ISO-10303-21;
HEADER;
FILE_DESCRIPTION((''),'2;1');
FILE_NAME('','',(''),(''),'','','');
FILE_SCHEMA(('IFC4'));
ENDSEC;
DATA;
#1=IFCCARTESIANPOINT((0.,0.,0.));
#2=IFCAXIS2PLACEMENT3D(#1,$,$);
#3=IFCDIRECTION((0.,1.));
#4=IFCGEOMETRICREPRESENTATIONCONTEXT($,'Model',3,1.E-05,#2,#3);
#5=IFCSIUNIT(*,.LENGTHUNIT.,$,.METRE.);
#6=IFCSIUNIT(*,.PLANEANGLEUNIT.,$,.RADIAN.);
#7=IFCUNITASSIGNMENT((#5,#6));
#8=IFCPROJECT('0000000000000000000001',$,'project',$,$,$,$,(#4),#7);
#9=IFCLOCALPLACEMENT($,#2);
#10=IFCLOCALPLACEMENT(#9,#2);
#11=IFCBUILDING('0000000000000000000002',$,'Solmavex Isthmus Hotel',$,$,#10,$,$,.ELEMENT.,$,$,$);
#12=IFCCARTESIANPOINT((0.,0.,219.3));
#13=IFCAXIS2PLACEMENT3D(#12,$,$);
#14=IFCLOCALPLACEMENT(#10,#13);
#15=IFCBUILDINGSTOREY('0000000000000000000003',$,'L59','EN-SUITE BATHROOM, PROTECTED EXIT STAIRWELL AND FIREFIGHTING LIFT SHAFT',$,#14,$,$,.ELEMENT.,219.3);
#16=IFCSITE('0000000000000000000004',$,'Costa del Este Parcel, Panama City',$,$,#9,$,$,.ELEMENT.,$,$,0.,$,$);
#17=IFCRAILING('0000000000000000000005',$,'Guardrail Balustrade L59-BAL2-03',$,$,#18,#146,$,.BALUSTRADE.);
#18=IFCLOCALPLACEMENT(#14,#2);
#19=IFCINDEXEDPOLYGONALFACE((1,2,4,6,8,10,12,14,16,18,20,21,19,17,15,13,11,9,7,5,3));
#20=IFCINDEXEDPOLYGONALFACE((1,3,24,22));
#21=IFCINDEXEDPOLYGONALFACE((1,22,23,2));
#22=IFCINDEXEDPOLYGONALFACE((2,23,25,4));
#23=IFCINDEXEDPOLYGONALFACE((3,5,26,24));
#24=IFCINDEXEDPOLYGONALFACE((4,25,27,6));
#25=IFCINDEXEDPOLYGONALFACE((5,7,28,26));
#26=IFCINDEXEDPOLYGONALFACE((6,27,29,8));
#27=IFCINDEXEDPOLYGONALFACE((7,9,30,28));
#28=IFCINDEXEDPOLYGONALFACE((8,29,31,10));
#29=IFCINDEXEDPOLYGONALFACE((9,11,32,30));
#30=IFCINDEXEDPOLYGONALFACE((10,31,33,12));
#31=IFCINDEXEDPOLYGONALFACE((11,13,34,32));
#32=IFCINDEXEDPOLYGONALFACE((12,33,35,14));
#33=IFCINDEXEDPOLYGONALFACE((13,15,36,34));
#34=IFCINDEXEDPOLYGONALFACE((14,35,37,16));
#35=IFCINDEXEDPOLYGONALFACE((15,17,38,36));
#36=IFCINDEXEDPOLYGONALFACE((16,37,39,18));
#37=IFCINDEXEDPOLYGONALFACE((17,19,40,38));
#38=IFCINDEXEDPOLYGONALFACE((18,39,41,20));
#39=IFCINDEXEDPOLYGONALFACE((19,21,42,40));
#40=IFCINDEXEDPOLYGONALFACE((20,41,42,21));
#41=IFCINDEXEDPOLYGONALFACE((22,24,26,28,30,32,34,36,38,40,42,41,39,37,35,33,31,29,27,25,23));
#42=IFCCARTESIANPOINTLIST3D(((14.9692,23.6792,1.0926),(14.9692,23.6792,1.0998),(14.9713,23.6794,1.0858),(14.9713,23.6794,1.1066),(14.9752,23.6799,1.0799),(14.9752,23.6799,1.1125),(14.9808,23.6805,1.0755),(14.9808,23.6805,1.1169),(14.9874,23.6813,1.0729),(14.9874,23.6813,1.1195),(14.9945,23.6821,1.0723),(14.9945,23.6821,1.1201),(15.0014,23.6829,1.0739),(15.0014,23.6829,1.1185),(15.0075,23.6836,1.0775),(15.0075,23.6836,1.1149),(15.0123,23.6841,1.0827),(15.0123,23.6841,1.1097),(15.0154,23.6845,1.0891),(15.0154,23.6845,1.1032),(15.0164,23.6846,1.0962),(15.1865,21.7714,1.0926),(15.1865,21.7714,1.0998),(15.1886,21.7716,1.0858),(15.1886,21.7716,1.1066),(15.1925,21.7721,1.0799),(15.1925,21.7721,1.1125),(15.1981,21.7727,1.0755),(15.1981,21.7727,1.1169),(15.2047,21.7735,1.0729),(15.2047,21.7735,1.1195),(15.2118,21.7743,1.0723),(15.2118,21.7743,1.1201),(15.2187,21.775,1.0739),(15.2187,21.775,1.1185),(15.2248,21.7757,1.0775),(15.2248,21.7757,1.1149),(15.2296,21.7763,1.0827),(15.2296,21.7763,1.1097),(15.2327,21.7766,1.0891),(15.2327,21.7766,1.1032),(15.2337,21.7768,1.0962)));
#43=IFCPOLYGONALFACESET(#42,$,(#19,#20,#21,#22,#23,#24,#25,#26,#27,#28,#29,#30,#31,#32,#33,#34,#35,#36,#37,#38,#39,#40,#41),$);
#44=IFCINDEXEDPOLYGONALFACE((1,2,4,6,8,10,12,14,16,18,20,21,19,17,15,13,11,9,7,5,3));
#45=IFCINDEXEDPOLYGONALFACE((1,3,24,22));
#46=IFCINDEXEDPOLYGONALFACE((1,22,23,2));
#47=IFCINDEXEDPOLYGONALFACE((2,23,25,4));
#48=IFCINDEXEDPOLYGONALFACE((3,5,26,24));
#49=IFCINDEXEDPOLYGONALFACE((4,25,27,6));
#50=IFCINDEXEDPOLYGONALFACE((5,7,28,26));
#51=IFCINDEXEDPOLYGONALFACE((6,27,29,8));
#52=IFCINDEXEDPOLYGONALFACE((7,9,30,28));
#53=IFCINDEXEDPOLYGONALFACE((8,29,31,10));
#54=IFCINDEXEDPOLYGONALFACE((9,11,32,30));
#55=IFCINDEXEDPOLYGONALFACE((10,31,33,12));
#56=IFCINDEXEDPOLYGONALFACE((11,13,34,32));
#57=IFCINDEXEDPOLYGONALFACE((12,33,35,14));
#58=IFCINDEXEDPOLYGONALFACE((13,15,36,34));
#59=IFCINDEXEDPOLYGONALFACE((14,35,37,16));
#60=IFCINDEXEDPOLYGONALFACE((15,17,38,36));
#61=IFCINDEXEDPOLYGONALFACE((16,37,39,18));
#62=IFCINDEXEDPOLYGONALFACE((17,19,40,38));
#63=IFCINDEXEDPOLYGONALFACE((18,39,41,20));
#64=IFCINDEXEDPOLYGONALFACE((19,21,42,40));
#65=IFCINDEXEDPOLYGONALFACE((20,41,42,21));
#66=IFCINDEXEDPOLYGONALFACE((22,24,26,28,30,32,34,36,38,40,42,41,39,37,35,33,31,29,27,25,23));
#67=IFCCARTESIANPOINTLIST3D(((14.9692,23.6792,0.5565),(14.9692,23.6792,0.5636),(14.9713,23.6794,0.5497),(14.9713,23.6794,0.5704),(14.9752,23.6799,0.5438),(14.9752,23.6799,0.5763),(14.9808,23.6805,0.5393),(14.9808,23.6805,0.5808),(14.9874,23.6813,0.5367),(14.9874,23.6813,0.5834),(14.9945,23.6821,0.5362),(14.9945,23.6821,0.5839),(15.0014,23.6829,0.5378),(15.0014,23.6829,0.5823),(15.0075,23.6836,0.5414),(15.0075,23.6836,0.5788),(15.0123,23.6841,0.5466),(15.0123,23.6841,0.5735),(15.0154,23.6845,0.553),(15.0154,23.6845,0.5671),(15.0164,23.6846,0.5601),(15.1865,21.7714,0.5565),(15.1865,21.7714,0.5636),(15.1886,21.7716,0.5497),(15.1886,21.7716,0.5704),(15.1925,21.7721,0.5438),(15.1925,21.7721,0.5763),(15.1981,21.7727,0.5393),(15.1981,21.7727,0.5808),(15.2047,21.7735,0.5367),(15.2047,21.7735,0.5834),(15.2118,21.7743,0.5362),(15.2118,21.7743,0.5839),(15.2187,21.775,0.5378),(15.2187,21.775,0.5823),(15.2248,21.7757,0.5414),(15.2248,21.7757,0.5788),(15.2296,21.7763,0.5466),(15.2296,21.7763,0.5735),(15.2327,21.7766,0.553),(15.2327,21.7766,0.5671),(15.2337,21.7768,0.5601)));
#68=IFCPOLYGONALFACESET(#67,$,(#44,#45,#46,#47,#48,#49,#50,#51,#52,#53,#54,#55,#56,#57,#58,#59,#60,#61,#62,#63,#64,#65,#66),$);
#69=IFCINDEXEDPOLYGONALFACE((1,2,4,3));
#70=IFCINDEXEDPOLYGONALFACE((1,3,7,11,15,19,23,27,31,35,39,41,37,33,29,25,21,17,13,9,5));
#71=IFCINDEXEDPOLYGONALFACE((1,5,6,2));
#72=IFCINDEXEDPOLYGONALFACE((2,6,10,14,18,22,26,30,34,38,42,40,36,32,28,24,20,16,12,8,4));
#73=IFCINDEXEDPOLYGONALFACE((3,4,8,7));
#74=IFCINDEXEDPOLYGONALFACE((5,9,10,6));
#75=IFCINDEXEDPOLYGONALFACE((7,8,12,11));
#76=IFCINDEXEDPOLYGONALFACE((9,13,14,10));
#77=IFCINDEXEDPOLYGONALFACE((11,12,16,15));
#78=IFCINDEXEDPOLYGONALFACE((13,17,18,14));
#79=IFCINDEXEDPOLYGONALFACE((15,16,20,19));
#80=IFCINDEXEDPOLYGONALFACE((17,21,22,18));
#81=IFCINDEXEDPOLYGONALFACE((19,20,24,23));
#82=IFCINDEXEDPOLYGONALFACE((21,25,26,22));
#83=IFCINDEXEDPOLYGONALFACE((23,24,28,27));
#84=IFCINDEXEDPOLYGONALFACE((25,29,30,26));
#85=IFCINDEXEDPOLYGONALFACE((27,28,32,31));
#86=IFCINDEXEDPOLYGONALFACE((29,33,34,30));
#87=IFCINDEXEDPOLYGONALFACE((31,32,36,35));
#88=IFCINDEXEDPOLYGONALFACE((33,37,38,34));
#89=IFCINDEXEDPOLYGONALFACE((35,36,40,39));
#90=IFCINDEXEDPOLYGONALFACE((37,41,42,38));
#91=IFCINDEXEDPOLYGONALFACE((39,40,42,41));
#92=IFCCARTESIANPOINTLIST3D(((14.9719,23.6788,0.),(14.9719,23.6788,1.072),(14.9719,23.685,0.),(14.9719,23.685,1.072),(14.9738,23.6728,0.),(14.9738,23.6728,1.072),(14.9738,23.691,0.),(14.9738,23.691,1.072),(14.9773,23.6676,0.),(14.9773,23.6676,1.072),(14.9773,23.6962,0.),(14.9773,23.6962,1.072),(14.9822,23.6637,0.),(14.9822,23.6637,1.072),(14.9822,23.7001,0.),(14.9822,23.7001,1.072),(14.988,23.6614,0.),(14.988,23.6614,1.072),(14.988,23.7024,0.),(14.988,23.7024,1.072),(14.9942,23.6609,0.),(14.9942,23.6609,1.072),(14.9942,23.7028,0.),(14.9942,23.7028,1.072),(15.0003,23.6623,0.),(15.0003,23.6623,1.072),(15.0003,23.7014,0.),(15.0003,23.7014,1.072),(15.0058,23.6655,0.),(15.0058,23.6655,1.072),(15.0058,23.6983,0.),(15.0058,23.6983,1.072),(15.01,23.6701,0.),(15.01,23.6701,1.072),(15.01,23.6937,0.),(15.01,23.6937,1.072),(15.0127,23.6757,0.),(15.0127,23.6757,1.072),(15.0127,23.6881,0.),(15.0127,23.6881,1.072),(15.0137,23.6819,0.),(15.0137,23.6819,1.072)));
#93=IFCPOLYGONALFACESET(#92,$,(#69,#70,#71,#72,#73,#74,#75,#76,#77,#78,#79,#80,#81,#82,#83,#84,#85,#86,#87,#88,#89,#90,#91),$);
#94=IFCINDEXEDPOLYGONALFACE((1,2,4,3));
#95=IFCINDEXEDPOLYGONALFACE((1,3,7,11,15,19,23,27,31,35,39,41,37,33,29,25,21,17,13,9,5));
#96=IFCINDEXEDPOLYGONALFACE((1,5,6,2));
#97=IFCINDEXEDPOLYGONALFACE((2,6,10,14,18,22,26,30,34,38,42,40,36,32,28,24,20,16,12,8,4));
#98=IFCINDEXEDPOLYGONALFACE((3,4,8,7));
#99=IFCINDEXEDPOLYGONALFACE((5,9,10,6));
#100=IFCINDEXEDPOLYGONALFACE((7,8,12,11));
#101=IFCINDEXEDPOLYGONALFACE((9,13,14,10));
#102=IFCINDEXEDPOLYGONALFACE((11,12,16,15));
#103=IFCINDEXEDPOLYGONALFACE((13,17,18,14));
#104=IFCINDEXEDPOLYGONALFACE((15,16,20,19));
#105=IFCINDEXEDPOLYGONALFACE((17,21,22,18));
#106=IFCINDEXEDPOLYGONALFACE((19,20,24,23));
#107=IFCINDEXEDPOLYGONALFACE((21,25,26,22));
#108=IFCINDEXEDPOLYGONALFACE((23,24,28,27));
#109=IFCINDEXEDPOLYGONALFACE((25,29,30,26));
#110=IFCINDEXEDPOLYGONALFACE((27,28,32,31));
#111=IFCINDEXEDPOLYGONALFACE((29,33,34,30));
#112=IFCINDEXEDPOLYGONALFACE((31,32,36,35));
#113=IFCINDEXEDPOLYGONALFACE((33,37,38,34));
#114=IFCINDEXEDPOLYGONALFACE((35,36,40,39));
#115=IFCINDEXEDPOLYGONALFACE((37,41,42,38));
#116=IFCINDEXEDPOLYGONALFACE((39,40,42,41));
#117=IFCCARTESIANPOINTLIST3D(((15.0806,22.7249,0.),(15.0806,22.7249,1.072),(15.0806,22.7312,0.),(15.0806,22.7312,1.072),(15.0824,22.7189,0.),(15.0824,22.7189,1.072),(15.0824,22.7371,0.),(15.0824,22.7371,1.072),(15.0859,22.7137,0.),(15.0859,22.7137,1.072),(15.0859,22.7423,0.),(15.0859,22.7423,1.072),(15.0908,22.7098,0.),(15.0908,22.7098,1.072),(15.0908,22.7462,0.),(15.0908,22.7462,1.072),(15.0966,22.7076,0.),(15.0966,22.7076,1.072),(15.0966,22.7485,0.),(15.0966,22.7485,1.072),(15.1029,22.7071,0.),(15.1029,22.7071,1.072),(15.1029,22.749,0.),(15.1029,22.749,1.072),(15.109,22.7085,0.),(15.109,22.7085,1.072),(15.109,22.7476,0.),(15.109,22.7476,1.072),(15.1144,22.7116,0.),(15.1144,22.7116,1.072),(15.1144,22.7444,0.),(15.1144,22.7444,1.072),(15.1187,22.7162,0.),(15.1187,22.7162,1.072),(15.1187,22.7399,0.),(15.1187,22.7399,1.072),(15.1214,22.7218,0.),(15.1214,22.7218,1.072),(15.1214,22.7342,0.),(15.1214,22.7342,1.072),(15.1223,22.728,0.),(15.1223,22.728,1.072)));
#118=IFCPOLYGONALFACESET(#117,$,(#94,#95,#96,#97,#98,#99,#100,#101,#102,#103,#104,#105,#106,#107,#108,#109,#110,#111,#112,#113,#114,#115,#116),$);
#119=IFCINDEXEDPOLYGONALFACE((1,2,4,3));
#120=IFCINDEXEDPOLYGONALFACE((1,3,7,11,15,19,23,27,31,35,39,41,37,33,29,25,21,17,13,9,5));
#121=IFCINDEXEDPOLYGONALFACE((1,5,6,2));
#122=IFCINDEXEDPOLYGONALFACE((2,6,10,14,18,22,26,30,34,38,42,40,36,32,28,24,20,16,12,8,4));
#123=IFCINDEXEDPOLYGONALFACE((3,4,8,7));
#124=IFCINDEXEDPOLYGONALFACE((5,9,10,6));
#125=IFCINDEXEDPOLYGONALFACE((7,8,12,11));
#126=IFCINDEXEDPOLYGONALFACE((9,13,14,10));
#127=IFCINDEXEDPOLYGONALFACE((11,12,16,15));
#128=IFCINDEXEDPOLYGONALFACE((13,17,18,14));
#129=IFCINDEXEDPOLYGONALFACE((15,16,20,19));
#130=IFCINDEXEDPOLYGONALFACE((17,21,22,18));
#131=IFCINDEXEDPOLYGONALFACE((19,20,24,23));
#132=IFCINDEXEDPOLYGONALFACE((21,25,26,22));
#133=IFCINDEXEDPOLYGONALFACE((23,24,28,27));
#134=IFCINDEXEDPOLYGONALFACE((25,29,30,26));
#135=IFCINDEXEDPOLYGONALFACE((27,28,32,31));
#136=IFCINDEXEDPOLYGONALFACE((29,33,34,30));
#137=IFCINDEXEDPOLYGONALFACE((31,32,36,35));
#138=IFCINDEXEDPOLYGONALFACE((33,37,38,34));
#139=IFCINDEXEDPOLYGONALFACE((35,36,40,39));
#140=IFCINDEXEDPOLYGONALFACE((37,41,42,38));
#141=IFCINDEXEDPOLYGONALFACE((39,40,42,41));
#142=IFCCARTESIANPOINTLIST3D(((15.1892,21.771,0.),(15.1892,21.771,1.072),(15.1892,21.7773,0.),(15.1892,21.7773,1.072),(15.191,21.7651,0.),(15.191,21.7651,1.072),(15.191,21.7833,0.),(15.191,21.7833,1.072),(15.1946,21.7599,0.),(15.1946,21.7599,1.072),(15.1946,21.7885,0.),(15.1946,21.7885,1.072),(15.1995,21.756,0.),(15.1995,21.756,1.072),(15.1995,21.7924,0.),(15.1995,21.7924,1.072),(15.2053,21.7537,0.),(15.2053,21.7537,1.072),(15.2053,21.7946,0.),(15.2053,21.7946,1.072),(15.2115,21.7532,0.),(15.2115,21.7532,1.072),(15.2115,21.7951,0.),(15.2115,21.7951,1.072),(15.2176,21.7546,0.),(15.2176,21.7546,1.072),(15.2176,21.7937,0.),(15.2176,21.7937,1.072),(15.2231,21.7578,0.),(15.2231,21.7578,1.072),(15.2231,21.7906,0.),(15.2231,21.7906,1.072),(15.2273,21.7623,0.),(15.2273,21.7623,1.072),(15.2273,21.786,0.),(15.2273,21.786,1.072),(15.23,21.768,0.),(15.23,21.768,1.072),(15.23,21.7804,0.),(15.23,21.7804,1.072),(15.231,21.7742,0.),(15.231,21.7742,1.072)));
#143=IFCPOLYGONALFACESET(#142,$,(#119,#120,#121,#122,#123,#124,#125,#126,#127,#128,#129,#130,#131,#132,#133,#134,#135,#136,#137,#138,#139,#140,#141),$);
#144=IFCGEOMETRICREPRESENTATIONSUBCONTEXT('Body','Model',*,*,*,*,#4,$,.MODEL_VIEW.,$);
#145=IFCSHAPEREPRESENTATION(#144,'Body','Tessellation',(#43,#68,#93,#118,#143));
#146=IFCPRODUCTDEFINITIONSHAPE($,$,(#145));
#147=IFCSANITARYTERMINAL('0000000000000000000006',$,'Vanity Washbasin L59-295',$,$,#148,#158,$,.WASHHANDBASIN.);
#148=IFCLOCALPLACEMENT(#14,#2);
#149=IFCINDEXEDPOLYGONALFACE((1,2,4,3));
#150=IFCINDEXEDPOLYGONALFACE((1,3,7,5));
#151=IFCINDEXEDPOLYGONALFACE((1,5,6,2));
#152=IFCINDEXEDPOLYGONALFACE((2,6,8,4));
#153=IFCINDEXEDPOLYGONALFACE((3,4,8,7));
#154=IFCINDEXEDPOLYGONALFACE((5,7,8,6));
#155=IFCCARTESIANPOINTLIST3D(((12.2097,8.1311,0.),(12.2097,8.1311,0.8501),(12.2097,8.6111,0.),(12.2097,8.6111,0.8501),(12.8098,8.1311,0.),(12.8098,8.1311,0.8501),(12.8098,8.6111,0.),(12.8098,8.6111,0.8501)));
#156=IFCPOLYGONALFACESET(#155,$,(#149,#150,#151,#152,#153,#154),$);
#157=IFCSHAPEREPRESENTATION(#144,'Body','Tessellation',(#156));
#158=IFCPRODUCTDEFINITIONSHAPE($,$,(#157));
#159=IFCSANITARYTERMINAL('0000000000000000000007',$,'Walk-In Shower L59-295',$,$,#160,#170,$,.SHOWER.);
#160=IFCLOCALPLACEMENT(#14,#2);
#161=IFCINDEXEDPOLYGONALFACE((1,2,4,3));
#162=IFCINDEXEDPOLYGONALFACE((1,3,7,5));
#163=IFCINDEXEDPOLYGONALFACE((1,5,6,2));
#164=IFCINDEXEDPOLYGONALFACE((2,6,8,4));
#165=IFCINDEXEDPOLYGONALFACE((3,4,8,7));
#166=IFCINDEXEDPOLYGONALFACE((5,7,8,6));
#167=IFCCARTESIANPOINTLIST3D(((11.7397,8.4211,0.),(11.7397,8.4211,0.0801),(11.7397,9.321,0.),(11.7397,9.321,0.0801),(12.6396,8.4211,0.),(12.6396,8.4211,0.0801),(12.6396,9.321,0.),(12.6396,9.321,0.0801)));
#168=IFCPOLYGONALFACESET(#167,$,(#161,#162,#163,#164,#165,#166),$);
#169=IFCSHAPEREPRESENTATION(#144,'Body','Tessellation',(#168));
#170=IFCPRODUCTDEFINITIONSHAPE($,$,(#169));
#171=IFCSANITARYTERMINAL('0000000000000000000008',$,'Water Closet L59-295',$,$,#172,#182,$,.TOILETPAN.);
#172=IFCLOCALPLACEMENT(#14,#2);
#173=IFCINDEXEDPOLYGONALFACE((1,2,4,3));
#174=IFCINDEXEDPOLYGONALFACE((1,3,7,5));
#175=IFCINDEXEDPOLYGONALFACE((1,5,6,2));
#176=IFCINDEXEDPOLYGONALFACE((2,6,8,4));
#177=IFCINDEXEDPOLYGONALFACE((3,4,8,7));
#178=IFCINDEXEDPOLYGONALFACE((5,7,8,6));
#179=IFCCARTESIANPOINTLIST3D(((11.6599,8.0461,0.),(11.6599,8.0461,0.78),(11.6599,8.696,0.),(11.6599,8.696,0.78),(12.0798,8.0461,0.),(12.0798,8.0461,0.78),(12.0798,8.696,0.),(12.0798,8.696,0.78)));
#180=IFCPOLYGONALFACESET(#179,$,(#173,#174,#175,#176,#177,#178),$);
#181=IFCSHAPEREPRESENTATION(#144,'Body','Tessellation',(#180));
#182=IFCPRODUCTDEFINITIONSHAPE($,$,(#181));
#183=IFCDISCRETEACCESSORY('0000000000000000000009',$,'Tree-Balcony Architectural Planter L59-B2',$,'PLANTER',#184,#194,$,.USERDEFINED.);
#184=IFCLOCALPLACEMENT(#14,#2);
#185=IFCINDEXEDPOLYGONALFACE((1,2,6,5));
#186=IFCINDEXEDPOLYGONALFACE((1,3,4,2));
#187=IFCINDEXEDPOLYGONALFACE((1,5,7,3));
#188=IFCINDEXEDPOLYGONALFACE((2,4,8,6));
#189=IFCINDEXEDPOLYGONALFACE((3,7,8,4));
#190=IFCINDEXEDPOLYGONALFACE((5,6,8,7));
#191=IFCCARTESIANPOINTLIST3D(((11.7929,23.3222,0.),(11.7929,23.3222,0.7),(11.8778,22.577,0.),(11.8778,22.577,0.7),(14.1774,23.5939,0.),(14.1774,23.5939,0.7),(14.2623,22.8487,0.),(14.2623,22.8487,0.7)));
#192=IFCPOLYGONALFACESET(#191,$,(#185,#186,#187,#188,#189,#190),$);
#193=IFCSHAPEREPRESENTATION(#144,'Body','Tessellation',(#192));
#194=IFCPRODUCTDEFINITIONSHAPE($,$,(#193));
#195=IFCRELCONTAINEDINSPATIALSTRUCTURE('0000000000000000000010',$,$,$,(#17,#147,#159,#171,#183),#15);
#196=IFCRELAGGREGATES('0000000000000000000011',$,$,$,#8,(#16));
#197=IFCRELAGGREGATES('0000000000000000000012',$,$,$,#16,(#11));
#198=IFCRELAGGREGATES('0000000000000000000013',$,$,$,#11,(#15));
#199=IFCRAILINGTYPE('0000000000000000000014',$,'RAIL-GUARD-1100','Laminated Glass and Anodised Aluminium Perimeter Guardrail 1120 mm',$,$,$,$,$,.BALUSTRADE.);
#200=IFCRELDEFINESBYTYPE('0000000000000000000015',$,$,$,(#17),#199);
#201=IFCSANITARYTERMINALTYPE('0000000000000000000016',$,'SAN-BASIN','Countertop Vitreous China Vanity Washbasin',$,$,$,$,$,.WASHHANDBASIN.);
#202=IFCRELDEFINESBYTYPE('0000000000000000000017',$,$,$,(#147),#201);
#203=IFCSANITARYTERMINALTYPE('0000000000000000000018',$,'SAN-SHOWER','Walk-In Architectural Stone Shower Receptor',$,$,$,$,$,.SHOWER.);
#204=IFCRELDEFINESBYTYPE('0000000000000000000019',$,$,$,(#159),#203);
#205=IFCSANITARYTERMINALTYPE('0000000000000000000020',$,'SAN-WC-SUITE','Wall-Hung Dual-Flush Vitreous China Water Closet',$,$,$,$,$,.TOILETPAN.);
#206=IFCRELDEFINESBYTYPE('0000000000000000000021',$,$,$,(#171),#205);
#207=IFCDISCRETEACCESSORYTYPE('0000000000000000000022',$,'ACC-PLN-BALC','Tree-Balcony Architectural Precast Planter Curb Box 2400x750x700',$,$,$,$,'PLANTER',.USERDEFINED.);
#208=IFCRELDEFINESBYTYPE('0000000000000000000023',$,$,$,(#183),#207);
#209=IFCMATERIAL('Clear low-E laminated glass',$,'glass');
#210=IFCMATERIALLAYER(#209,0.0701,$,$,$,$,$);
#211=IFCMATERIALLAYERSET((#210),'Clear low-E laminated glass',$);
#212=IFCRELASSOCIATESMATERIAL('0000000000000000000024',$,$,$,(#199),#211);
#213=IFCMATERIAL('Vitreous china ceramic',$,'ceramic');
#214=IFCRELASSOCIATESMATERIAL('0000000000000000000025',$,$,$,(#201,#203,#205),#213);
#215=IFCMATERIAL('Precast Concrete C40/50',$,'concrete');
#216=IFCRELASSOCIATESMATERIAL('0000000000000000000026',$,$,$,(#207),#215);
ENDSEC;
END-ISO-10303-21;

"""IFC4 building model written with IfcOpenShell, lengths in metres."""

from ifc_helpers import new_model, si_unit, direction, frame, origin, origin_2d, place, context, subcontext, project, spatial, rectangle, circle, extrude, material, layer, layer_set, type_object, element, save


model = new_model("IFC4")

# Units and contexts
model_context = context("Model", 3, precision=1e-05, world=origin(), true_north=direction((0.0, 1.0)))
body_context = subcontext(model_context, "Body", "Model", "MODEL_VIEW")
ifc_project = project(units=[si_unit("LENGTHUNIT", "METRE"), si_unit("PLANEANGLEUNIT", "RADIAN")], contexts=[model_context])

# Site, building, storey
site_placement = place(None, origin())
site = spatial("IfcSite", under=ifc_project, at=site_placement, Name="Costa del Este Parcel, Panama City", CompositionType="ELEMENT", RefElevation=0.0)
building_placement = place(site_placement, origin())
building = spatial("IfcBuilding", under=site, at=building_placement, Name="Solmavex Isthmus Hotel", CompositionType="ELEMENT")
storey_placement = place(building_placement, frame((0.0, 0.0, 219.3)))
storey = spatial("IfcBuildingStorey", under=building, at=storey_placement, Name="L59", Description="EN-SUITE BATHROOM, PROTECTED EXIT STAIRWELL AND FIREFIGHTING LIFT SHAFT", CompositionType="ELEMENT", Elevation=219.3)

# Shared definitions
ifc_material_1 = material(Name="Clear low-E laminated glass", Category="glass")

# Shared definitions
ifc_material_2 = material(Name="Precast Concrete C40/50", Category="concrete")

# Railing
ifc_layer_1 = layer(ifc_material_1, 0.0701)
ifc_layer_set_1 = layer_set([ifc_layer_1], Name="Clear low-E laminated glass")
railing_type_1 = type_object("IfcRailingType", Name="RAIL-GUARD-1100", Description="Laminated Glass and Anodised Aluminium Perimeter Guardrail 1120 mm", PredefinedType="BALUSTRADE", material=ifc_layer_set_1)
railing_1_placement = place(storey_placement, frame((14.9927, 23.6819, 0.0)))
element("IfcRailing", 1, at=railing_1_placement, inside=storey, type_object=railing_type_1, Name="Guardrail Balustrade L59-BAL2-03", PredefinedType="BALUSTRADE", context=body_context, shape_type="SweptSolid", body=[
    extrude(circle(Radius=0.0239, at=origin_2d()), frame((0.0, 0.0, 1.0962), z_axis=(0.113166, -0.993576, 0.0), x_axis=(0.993576, 0.113166, 0.0)), (0.0, 0.0, 1.0), 1.9202),
    extrude(circle(Radius=0.0239, at=origin_2d()), frame((0.0, 0.0, 0.5601), z_axis=(0.113166, -0.993576, 0.0), x_axis=(0.993576, 0.113166, 0.0)), (0.0, 0.0, 1.0), 1.9202),
    extrude(circle(Radius=0.021, at=origin_2d()), origin(), (0.0, 0.0, 1.0), 1.072),
    extrude(circle(Radius=0.021, at=origin_2d()), frame((0.1086, -0.9539, 0.0)), (0.0, 0.0, 1.0), 1.072),
    extrude(circle(Radius=0.021, at=origin_2d()), frame((0.2173, -1.9077, 0.0)), (0.0, 0.0, 1.0), 1.072),
])

# Sanitary terminals
ifc_material_3 = material(Name="Vitreous china ceramic", Category="ceramic")
sanitary_terminal_type_1 = type_object("IfcSanitaryTerminalType", Name="SAN-BASIN", Description="Countertop Vitreous China Vanity Washbasin", PredefinedType="WASHHANDBASIN", material=ifc_material_3)
sanitary_terminal_1_placement = place(storey_placement, frame((12.5098, 8.3711, 0.0), z_axis=(0.0, 0.0, 1.0), x_axis=(1.0, 0.0, 0.0)))
element("IfcSanitaryTerminal", 2, at=sanitary_terminal_1_placement, inside=storey, type_object=sanitary_terminal_type_1, Name="Vanity Washbasin L59-295", PredefinedType="WASHHANDBASIN", context=body_context, shape_type="SweptSolid", body=[
    extrude(rectangle(XDim=0.6001, YDim=0.48, at=origin_2d()), origin(), (0.0, 0.0, 1.0), 0.8501),
])
sanitary_terminal_type_2 = type_object("IfcSanitaryTerminalType", Name="SAN-SHOWER", Description="Walk-In Architectural Stone Shower Receptor", PredefinedType="SHOWER", material=ifc_material_3)
sanitary_terminal_2_placement = place(storey_placement, frame((12.1897, 8.8711, 0.0), z_axis=(0.0, 0.0, 1.0), x_axis=(1.0, 0.0, 0.0)))
element("IfcSanitaryTerminal", 3, at=sanitary_terminal_2_placement, inside=storey, type_object=sanitary_terminal_type_2, Name="Walk-In Shower L59-295", PredefinedType="SHOWER", context=body_context, shape_type="SweptSolid", body=[
    extrude(rectangle(XDim=0.8999, YDim=0.8999, at=origin_2d()), origin(), (0.0, 0.0, 1.0), 0.0801),
])
sanitary_terminal_type_3 = type_object("IfcSanitaryTerminalType", Name="SAN-WC-SUITE", Description="Wall-Hung Dual-Flush Vitreous China Water Closet", PredefinedType="TOILETPAN", material=ifc_material_3)
sanitary_terminal_3_placement = place(storey_placement, frame((11.8699, 8.3711, 0.0), z_axis=(0.0, 0.0, 1.0), x_axis=(1.0, 0.0, 0.0)))
element("IfcSanitaryTerminal", 4, at=sanitary_terminal_3_placement, inside=storey, type_object=sanitary_terminal_type_3, Name="Water Closet L59-295", PredefinedType="TOILETPAN", context=body_context, shape_type="SweptSolid", body=[
    extrude(rectangle(XDim=0.4199, YDim=0.6499, at=origin_2d()), origin(), (0.0, 0.0, 1.0), 0.78),
])

# Discrete accessory
discrete_accessory_type = type_object("IfcDiscreteAccessoryType", Name="ACC-PLN-BALC", Description="Tree-Balcony Architectural Precast Planter Curb Box 2400x750x700", ElementType="PLANTER", PredefinedType="USERDEFINED", material=ifc_material_2)
discrete_accessory_placement = place(storey_placement, frame((13.0276, 23.0854, 0.0), z_axis=(0.0, 0.0, 1.0), x_axis=(0.993572, 0.113203, 0.0)))
element("IfcDiscreteAccessory", 5, at=discrete_accessory_placement, inside=storey, type_object=discrete_accessory_type, Name="Tree-Balcony Architectural Planter L59-B2", ObjectType="PLANTER", PredefinedType="USERDEFINED", context=body_context, shape_type="SweptSolid", body=[
    extrude(rectangle(XDim=2.3999, YDim=0.75, at=origin_2d()), origin(), (0.0, 0.0, 1.0), 0.7),
])

save(model, "model.ifc")
